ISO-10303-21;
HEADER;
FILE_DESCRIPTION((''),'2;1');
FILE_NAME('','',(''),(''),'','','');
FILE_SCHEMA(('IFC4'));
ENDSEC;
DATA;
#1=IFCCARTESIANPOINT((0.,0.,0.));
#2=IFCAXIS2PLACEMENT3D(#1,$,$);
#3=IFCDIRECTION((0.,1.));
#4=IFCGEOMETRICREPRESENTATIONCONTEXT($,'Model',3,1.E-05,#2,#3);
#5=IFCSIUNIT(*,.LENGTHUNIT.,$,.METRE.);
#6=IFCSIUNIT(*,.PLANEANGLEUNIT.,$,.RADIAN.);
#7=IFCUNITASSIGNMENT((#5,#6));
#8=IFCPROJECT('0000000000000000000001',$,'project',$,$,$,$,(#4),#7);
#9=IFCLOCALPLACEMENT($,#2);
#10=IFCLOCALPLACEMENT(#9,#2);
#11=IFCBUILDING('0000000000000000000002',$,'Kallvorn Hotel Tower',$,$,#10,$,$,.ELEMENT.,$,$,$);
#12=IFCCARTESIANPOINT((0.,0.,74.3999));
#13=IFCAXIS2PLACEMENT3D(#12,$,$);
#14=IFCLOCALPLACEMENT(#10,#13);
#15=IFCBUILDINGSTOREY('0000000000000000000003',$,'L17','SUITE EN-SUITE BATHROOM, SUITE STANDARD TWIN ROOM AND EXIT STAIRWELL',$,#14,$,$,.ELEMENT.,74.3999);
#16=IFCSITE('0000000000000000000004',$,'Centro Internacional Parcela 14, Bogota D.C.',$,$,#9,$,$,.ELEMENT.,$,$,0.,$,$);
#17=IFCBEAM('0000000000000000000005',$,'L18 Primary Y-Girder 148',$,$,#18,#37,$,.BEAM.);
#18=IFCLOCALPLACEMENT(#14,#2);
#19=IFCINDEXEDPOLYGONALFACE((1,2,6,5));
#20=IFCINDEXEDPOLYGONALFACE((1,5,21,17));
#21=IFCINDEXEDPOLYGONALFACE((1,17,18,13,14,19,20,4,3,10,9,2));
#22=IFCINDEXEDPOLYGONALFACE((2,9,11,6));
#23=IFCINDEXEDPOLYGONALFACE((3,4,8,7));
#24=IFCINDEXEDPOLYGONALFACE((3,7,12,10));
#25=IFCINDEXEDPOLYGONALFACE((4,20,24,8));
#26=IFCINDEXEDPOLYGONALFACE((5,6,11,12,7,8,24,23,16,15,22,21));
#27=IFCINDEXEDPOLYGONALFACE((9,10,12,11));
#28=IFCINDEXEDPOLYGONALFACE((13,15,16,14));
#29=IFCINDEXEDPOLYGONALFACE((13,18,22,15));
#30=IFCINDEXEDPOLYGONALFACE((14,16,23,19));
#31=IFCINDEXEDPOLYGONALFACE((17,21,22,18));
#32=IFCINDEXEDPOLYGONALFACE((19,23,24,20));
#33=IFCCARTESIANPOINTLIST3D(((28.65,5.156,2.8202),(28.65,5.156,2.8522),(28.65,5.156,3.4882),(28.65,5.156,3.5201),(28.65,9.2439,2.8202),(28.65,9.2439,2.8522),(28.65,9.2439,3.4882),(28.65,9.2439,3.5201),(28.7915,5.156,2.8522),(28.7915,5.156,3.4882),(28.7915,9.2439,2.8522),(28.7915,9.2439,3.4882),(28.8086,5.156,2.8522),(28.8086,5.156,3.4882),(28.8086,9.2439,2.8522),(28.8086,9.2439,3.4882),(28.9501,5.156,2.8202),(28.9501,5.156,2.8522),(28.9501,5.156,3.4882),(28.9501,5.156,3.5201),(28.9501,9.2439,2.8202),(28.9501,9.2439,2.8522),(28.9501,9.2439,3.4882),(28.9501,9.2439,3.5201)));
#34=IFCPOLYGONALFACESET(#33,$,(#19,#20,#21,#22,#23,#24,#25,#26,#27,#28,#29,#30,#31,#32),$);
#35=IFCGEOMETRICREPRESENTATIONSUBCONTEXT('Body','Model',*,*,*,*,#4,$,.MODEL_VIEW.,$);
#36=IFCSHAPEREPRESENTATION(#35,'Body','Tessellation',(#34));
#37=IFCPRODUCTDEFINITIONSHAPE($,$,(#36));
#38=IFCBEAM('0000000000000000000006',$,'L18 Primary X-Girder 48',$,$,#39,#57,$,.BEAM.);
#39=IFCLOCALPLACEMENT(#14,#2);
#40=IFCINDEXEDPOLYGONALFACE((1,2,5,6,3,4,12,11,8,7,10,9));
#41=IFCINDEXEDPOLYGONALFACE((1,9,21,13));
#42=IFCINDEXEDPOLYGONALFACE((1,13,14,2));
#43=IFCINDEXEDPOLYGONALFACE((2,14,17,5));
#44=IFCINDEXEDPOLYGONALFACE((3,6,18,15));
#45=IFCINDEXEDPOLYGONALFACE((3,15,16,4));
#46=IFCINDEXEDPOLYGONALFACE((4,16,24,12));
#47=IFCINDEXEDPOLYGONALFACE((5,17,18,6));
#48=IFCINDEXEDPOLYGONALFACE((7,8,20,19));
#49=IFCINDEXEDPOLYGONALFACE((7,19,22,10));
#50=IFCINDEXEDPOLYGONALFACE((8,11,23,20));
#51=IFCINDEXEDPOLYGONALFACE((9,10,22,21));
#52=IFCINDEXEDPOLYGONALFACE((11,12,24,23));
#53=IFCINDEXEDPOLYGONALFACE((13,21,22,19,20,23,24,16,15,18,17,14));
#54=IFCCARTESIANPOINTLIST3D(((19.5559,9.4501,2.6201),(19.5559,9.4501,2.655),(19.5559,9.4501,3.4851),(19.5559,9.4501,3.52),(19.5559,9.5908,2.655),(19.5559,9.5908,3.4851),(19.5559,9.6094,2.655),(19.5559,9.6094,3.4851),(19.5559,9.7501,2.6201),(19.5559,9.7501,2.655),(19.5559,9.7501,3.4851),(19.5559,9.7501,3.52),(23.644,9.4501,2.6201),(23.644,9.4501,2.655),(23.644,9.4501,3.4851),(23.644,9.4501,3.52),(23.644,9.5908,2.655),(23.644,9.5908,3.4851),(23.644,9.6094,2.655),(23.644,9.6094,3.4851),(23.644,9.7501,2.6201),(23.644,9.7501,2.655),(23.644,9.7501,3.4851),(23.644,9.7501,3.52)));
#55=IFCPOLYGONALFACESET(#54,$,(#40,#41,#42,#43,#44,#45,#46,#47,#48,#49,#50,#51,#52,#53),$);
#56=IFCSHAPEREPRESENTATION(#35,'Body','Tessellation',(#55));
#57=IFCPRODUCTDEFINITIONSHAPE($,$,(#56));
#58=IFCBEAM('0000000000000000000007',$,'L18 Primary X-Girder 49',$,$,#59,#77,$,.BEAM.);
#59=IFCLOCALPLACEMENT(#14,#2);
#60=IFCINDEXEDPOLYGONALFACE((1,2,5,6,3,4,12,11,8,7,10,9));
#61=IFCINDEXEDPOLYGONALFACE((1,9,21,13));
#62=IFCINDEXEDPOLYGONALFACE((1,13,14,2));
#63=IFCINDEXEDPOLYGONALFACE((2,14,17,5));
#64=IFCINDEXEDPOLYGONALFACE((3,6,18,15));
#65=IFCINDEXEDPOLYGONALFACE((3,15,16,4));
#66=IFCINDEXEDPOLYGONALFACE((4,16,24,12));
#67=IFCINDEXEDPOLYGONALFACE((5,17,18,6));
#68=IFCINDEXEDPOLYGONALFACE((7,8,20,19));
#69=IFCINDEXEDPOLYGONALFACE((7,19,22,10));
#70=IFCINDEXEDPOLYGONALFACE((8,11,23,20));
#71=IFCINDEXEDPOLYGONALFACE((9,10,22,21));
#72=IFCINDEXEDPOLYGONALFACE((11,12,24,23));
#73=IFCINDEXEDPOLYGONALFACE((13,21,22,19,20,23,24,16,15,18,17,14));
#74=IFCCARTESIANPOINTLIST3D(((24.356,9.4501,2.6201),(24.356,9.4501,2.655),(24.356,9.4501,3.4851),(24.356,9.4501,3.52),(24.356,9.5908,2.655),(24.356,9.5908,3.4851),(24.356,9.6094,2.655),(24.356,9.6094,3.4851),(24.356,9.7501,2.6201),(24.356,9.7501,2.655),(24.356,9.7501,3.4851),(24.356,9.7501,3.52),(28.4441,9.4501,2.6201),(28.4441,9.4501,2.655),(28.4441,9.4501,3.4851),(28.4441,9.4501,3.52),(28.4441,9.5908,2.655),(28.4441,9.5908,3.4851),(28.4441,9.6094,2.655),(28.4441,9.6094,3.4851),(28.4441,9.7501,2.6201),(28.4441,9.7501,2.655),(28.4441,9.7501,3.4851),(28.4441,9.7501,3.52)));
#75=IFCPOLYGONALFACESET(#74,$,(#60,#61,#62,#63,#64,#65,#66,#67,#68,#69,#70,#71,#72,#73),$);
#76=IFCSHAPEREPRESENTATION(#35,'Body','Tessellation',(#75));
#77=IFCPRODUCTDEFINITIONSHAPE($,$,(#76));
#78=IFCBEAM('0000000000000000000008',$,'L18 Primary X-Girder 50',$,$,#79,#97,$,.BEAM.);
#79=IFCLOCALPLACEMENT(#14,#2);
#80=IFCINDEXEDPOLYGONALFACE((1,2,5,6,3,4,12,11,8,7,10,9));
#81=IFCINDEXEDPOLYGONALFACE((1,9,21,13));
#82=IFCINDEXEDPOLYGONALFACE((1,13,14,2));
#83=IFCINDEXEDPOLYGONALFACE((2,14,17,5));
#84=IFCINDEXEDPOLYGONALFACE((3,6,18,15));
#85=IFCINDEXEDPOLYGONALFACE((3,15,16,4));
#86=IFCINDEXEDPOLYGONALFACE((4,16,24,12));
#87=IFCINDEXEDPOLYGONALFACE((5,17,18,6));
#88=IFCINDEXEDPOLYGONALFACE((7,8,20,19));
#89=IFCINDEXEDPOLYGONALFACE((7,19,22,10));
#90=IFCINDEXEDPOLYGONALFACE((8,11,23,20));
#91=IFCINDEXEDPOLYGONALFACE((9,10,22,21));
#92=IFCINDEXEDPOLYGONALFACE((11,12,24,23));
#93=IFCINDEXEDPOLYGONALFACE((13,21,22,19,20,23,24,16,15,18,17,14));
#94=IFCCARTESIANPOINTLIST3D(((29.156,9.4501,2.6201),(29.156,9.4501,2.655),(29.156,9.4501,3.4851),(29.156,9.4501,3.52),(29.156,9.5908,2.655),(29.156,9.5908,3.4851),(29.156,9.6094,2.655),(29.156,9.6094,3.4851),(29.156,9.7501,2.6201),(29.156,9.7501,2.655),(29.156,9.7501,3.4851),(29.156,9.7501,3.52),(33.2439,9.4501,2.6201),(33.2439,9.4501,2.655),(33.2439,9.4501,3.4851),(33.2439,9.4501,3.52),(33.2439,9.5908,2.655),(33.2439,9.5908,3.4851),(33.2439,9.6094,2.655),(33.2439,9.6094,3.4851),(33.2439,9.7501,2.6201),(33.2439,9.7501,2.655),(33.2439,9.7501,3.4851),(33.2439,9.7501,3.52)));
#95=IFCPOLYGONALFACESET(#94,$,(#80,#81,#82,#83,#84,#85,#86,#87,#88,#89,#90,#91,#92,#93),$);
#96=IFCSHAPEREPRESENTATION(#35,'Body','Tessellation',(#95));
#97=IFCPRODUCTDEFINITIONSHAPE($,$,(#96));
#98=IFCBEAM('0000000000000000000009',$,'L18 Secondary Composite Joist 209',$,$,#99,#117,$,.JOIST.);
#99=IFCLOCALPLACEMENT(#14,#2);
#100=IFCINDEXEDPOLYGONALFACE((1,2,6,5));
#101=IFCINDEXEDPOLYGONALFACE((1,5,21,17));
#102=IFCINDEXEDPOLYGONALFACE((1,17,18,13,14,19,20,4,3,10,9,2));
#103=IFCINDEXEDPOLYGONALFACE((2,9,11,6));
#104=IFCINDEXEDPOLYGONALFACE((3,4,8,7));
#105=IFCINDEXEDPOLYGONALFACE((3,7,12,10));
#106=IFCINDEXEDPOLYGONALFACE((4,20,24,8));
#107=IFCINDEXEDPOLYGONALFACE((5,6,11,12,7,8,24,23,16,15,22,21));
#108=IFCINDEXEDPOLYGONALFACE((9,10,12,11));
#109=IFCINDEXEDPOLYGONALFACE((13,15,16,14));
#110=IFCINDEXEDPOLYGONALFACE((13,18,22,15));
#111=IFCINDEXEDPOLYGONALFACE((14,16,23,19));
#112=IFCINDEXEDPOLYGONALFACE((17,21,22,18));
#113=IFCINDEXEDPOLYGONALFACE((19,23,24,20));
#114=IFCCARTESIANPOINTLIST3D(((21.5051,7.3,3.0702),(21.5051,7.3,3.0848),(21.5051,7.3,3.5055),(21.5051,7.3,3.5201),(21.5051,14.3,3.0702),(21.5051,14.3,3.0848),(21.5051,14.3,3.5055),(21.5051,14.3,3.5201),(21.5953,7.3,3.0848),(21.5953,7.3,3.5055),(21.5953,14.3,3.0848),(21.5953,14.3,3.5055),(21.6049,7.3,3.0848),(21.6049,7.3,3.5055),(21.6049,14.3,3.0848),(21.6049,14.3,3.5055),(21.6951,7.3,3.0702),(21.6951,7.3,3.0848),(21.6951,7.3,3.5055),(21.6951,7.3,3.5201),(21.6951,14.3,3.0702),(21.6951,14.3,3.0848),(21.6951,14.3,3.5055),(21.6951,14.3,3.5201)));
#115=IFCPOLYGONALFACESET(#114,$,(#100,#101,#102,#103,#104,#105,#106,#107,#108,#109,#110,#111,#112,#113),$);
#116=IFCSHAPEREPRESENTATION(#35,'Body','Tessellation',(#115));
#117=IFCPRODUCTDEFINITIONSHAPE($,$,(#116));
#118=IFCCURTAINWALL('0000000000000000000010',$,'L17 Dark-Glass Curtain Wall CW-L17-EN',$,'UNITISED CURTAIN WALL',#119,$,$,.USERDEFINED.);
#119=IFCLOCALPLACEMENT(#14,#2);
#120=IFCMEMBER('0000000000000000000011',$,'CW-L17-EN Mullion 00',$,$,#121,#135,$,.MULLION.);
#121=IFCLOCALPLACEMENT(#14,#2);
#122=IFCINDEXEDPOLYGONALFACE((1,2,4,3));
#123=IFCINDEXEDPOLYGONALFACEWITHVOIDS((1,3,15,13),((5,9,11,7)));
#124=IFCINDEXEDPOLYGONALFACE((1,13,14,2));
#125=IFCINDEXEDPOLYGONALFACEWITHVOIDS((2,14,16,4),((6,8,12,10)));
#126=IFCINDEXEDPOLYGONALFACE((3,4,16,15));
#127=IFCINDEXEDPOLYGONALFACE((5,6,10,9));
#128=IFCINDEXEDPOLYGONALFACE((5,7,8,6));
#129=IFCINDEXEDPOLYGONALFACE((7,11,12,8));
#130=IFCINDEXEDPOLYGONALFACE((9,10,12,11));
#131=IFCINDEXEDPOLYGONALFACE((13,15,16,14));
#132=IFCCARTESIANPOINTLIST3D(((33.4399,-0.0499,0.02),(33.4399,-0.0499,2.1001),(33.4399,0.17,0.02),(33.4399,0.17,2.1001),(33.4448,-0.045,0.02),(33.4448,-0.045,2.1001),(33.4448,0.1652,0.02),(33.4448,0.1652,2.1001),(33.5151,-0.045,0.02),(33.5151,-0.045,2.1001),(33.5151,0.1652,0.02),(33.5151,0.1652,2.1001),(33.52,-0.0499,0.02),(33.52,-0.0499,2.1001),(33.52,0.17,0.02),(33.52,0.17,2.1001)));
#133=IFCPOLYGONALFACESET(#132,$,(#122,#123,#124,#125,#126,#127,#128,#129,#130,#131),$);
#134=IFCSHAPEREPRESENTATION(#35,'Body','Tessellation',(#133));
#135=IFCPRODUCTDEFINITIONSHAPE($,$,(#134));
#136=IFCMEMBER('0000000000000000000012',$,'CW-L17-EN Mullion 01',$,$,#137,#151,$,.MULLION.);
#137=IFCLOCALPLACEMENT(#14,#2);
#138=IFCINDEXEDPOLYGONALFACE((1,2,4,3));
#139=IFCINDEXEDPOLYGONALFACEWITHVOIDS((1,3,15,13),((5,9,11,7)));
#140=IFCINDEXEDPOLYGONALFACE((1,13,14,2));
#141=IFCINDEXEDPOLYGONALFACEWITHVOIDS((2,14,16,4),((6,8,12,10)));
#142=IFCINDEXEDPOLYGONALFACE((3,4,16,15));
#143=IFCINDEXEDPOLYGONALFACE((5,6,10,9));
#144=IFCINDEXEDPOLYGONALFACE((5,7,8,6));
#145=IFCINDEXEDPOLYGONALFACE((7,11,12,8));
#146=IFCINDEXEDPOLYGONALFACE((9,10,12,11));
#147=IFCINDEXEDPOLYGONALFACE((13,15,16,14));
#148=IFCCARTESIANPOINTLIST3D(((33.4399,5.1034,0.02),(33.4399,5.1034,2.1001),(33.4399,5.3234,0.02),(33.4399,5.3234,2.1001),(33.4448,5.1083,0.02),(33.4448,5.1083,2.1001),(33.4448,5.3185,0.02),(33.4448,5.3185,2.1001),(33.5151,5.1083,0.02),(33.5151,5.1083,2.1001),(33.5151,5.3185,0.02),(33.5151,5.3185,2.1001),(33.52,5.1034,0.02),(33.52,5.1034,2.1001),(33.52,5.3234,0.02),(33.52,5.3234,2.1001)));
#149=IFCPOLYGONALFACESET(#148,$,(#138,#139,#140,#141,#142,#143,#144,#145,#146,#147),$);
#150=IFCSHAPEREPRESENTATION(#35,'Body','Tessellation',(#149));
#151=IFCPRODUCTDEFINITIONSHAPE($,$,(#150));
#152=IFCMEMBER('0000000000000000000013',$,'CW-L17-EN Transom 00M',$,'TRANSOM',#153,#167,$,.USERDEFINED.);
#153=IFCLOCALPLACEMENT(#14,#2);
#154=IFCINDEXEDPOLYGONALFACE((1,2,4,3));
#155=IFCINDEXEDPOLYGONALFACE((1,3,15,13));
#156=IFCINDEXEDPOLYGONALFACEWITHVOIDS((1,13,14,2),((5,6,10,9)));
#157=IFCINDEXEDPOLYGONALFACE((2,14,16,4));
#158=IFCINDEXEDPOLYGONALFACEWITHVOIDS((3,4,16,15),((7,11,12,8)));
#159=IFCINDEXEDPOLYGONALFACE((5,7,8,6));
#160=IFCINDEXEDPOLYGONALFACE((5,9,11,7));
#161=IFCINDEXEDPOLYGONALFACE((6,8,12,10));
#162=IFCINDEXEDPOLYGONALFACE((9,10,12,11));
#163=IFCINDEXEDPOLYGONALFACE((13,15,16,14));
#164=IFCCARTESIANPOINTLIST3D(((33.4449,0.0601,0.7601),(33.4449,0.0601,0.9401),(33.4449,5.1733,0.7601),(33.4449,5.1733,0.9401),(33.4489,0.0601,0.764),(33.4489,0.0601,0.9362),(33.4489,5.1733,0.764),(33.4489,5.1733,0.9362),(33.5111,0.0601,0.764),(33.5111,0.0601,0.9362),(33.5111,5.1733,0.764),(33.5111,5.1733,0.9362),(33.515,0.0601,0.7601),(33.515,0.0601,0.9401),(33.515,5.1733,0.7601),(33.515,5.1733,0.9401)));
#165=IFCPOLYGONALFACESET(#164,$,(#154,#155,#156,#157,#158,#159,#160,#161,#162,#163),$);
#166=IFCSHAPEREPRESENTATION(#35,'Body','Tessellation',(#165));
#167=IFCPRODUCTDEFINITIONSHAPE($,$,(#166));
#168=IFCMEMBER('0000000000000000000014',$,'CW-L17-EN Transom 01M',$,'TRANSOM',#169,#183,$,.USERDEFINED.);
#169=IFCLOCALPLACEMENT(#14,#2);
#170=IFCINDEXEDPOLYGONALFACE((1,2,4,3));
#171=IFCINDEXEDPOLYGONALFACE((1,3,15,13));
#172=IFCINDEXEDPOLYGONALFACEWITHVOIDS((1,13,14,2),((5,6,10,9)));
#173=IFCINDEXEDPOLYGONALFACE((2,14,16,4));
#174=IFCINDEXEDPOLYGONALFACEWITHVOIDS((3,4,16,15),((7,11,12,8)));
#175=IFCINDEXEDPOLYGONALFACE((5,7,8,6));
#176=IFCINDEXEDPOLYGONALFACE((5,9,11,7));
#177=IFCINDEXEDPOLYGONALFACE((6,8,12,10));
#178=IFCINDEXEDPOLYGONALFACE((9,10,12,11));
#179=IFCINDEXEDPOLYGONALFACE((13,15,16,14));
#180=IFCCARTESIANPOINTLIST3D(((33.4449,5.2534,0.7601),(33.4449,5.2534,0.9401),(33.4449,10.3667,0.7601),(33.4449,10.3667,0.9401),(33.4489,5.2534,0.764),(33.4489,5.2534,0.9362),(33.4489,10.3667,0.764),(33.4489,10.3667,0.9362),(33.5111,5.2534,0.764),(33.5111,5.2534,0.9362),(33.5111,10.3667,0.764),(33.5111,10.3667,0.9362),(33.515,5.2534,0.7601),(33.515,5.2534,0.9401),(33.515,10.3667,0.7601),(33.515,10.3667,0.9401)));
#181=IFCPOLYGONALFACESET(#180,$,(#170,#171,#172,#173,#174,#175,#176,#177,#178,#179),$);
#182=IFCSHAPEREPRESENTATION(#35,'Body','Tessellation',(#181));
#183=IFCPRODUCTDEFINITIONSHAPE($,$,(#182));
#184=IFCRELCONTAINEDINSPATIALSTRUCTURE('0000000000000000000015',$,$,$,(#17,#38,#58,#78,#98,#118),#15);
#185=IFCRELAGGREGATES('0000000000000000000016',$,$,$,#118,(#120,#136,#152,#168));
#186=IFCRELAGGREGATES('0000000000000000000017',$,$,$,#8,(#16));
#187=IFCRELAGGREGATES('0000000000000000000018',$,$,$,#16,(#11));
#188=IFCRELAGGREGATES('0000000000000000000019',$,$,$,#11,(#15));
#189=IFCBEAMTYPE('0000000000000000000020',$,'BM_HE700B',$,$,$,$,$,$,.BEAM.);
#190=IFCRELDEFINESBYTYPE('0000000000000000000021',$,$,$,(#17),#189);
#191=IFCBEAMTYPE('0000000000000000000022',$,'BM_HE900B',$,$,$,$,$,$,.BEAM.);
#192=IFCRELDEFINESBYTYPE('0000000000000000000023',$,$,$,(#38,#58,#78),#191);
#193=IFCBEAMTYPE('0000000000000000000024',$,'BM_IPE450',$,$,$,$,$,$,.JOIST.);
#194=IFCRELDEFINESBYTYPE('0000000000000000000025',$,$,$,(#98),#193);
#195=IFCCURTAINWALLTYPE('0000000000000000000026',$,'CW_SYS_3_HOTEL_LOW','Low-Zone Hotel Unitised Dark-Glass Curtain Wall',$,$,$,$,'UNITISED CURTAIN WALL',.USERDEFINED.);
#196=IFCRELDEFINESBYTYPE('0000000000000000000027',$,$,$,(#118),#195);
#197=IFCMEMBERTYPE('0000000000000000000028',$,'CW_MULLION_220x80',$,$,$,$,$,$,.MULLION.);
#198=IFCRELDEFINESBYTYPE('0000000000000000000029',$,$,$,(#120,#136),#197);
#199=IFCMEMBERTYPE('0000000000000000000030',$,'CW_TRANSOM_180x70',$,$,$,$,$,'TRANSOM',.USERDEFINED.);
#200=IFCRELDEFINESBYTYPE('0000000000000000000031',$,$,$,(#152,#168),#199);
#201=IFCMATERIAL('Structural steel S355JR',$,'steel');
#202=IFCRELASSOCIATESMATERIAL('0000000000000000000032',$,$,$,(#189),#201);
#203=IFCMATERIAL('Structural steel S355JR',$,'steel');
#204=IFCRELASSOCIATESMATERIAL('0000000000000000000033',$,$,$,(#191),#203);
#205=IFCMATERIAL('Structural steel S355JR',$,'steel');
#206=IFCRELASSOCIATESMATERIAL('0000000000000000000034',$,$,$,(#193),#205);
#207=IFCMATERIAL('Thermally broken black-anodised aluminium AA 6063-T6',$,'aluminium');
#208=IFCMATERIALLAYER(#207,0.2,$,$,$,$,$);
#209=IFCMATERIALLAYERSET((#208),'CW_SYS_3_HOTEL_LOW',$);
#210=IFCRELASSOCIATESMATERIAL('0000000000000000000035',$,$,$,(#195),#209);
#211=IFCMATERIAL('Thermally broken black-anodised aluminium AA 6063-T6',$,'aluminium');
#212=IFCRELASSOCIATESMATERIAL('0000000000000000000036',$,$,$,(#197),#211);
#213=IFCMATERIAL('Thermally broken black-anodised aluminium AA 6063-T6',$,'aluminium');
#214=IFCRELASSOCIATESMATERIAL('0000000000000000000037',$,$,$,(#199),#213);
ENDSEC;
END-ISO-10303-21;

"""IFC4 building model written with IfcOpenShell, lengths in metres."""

from ifc_helpers import new_model, si_unit, direction, frame, origin, origin_2d, place, context, subcontext, project, spatial, hollow_rectangle, i_section, extrude, material, layer, layer_set, material_profile, profile_set, type_object, element, aggregate, save


model = new_model("IFC4")

# Units and contexts
model_context = context("Model", 3, precision=1e-05, world=origin(), true_north=direction((0.0, 1.0)))
body_context = subcontext(model_context, "Body", "Model", "MODEL_VIEW")
ifc_project = project(units=[si_unit("LENGTHUNIT", "METRE"), si_unit("PLANEANGLEUNIT", "RADIAN")], contexts=[model_context])

# Site, building, storey
site_placement = place(None, origin())
site = spatial("IfcSite", under=ifc_project, at=site_placement, Name="Centro Internacional Parcela 14, Bogota D.C.", CompositionType="ELEMENT", RefElevation=0.0)
building_placement = place(site_placement, origin())
building = spatial("IfcBuilding", under=site, at=building_placement, Name="Kallvorn Hotel Tower", CompositionType="ELEMENT")
storey_placement = place(building_placement, frame((0.0, 0.0, 74.3999)))
storey = spatial("IfcBuildingStorey", under=building, at=storey_placement, Name="L17", Description="SUITE EN-SUITE BATHROOM, SUITE STANDARD TWIN ROOM AND EXIT STAIRWELL", CompositionType="ELEMENT", Elevation=74.3999)

# Beams
ifc_material_1 = material(Name="Structural steel S355JR", Category="steel")
ifc_material_profile_1 = material_profile(ifc_material_1, i_section(OverallWidth=0.3, OverallDepth=0.7, WebThickness=0.0171, FlangeThickness=0.032, at=origin_2d()), Name="HE 700 B")
ifc_profile_set_1 = profile_set([ifc_material_profile_1], Name="Structural steel S355JR")
beam_type_1 = type_object("IfcBeamType", Name="BM_HE700B", PredefinedType="BEAM", material=ifc_profile_set_1)
beam_1_placement = place(storey_placement, frame((28.8, 5.156, 3.1702), z_axis=(0.0, 1.0, 0.0), x_axis=(-1.0, 0.0, 0.0)))
element("IfcBeam", 1, at=beam_1_placement, inside=storey, type_object=beam_type_1, Name="L18 Primary Y-Girder 148", PredefinedType="BEAM", context=body_context, shape_type="SweptSolid", body=[
    extrude(i_section(OverallWidth=0.3, OverallDepth=0.7, WebThickness=0.0171, FlangeThickness=0.032, at=origin_2d()), origin(), (0.0, 0.0, 1.0), 4.0879),
])
ifc_material_2 = material(Name="Structural steel S355JR", Category="steel")
ifc_material_profile_2 = material_profile(ifc_material_2, i_section(OverallWidth=0.3, OverallDepth=0.8999, WebThickness=0.0186, FlangeThickness=0.0349, at=origin_2d()), Name="HE 900 B")
ifc_profile_set_2 = profile_set([ifc_material_profile_2], Name="Structural steel S355JR")
beam_type_2 = type_object("IfcBeamType", Name="BM_HE900B", PredefinedType="BEAM", material=ifc_profile_set_2)
for number, where, z_axis, x_axis, name in (
    (2, (19.5559, 9.6001, 3.0701), (1.0, 0.0, 0.0), (0.0, 1.0, 0.0), "L18 Primary X-Girder 48"),
    (3, (24.356, 9.6001, 3.0701), (1.0, 0.0, 0.0), (0.0, 1.0, 0.0), "L18 Primary X-Girder 49"),
):
    element("IfcBeam", number, at=place(storey_placement, frame(where, z_axis=z_axis, x_axis=x_axis)), inside=storey, type_object=beam_type_2, Name=name, PredefinedType="BEAM", context=body_context, shape_type="SweptSolid", body=[
        extrude(i_section(OverallWidth=0.3, OverallDepth=0.8999, WebThickness=0.0186, FlangeThickness=0.0349, at=origin_2d()), origin(), (0.0, 0.0, 1.0), 4.0881),
    ])
beam_2_placement = place(storey_placement, frame((29.156, 9.6001, 3.0701), z_axis=(1.0, 0.0, 0.0), x_axis=(0.0, 1.0, 0.0)))
element("IfcBeam", 4, at=beam_2_placement, inside=storey, type_object=beam_type_2, Name="L18 Primary X-Girder 50", PredefinedType="BEAM", context=body_context, shape_type="SweptSolid", body=[
    extrude(i_section(OverallWidth=0.3, OverallDepth=0.8999, WebThickness=0.0186, FlangeThickness=0.0349, at=origin_2d()), origin(), (0.0, 0.0, 1.0), 4.0879),
])
ifc_material_3 = material(Name="Structural steel S355JR", Category="steel")
ifc_material_profile_3 = material_profile(ifc_material_3, i_section(OverallWidth=0.1899, OverallDepth=0.45, WebThickness=0.0095, FlangeThickness=0.0146, at=origin_2d()), Name="IPE 450")
ifc_profile_set_3 = profile_set([ifc_material_profile_3], Name="Structural steel S355JR")
beam_type_3 = type_object("IfcBeamType", Name="BM_IPE450", PredefinedType="JOIST", material=ifc_profile_set_3)
beam_3_placement = place(storey_placement, frame((21.6001, 7.3, 3.2952), z_axis=(0.0, 1.0, 0.0), x_axis=(-1.0, 0.0, 0.0)))
element("IfcBeam", 5, at=beam_3_placement, inside=storey, type_object=beam_type_3, Name="L18 Secondary Composite Joist 209", PredefinedType="JOIST", context=body_context, shape_type="SweptSolid", body=[
    extrude(i_section(OverallWidth=0.1899, OverallDepth=0.45, WebThickness=0.0095, FlangeThickness=0.0146, at=origin_2d()), origin(), (0.0, 0.0, 1.0), 7.0),
])

# Curtain wall, members
ifc_material_4 = material(Name="Thermally broken black-anodised aluminium AA 6063-T6", Category="aluminium")
ifc_layer_1 = layer(ifc_material_4, 0.2)
ifc_layer_set_1 = layer_set([ifc_layer_1], Name="CW_SYS_3_HOTEL_LOW")
curtain_wall_type = type_object("IfcCurtainWallType", Name="CW_SYS_3_HOTEL_LOW", Description="Low-Zone Hotel Unitised Dark-Glass Curtain Wall", ElementType="UNITISED CURTAIN WALL", PredefinedType="USERDEFINED", material=ifc_layer_set_1)
curtain_wall_placement = place(storey_placement, origin())
curtain_wall = element("IfcCurtainWall", 6, at=curtain_wall_placement, inside=storey, type_object=curtain_wall_type, Name="L17 Dark-Glass Curtain Wall CW-L17-EN", ObjectType="UNITISED CURTAIN WALL", PredefinedType="USERDEFINED")
ifc_material_5 = material(Name="Thermally broken black-anodised aluminium AA 6063-T6", Category="aluminium")
ifc_material_profile_4 = material_profile(ifc_material_5, hollow_rectangle(XDim=0.0801, YDim=0.22, WallThickness=0.0049, at=origin_2d()), Name="MUL 220x80")
ifc_profile_set_4 = profile_set([ifc_material_profile_4], Name="Thermally broken black-anodised aluminium AA 6063-T6")
member_type_1 = type_object("IfcMemberType", Name="CW_MULLION_220x80", PredefinedType="MULLION", material=ifc_profile_set_4)
member_1_placement = place(storey_placement, frame((33.48, 0.0601, 0.02), z_axis=(0.0, 0.0, 1.0), x_axis=(1.0, 0.0, 0.0)))
member_1 = element("IfcMember", 7, at=member_1_placement, type_object=member_type_1, Name="CW-L17-EN Mullion 00", PredefinedType="MULLION", context=body_context, shape_type="SweptSolid", body=[
    extrude(hollow_rectangle(XDim=0.0801, YDim=0.22, WallThickness=0.0049, at=origin_2d()), origin(), (0.0, 0.0, 1.0), 2.0801),
])
member_2_placement = place(storey_placement, frame((33.48, 5.2134, 0.02), z_axis=(0.0, 0.0, 1.0), x_axis=(1.0, 0.0, 0.0)))
member_2 = element("IfcMember", 8, at=member_2_placement, type_object=member_type_1, Name="CW-L17-EN Mullion 01", PredefinedType="MULLION", context=body_context, shape_type="SweptSolid", body=[
    extrude(hollow_rectangle(XDim=0.0801, YDim=0.22, WallThickness=0.0049, at=origin_2d()), origin(), (0.0, 0.0, 1.0), 2.0801),
])
ifc_material_6 = material(Name="Thermally broken black-anodised aluminium AA 6063-T6", Category="aluminium")
ifc_material_profile_5 = material_profile(ifc_material_6, hollow_rectangle(XDim=0.0701, YDim=0.1799, WallThickness=0.0039, at=origin_2d()), Name="TRN 180x70")
ifc_profile_set_5 = profile_set([ifc_material_profile_5], Name="Thermally broken black-anodised aluminium AA 6063-T6")
member_type_2 = type_object("IfcMemberType", Name="CW_TRANSOM_180x70", ElementType="TRANSOM", PredefinedType="USERDEFINED", material=ifc_profile_set_5)
member_3_placement = place(storey_placement, frame((33.48, 0.0601, 0.8501), z_axis=(0.0, 1.0, 0.0), x_axis=(-1.0, 0.0, 0.0)))
member_3 = element("IfcMember", 9, at=member_3_placement, type_object=member_type_2, Name="CW-L17-EN Transom 00M", ObjectType="TRANSOM", PredefinedType="USERDEFINED", context=body_context, shape_type="SweptSolid", body=[
    extrude(hollow_rectangle(XDim=0.0701, YDim=0.1799, WallThickness=0.0039, at=origin_2d()), origin(), (0.0, 0.0, 1.0), 5.1133),
])
member_4_placement = place(storey_placement, frame((33.48, 5.2534, 0.8501), z_axis=(0.0, 1.0, 0.0), x_axis=(-1.0, 0.0, 0.0)))
member_4 = element("IfcMember", 10, at=member_4_placement, type_object=member_type_2, Name="CW-L17-EN Transom 01M", ObjectType="TRANSOM", PredefinedType="USERDEFINED", context=body_context, shape_type="SweptSolid", body=[
    extrude(hollow_rectangle(XDim=0.0701, YDim=0.1799, WallThickness=0.0039, at=origin_2d()), origin(), (0.0, 0.0, 1.0), 5.1133),
])
aggregate(curtain_wall, [member_1, member_2, member_3, member_4])

save(model, "model.ifc")
